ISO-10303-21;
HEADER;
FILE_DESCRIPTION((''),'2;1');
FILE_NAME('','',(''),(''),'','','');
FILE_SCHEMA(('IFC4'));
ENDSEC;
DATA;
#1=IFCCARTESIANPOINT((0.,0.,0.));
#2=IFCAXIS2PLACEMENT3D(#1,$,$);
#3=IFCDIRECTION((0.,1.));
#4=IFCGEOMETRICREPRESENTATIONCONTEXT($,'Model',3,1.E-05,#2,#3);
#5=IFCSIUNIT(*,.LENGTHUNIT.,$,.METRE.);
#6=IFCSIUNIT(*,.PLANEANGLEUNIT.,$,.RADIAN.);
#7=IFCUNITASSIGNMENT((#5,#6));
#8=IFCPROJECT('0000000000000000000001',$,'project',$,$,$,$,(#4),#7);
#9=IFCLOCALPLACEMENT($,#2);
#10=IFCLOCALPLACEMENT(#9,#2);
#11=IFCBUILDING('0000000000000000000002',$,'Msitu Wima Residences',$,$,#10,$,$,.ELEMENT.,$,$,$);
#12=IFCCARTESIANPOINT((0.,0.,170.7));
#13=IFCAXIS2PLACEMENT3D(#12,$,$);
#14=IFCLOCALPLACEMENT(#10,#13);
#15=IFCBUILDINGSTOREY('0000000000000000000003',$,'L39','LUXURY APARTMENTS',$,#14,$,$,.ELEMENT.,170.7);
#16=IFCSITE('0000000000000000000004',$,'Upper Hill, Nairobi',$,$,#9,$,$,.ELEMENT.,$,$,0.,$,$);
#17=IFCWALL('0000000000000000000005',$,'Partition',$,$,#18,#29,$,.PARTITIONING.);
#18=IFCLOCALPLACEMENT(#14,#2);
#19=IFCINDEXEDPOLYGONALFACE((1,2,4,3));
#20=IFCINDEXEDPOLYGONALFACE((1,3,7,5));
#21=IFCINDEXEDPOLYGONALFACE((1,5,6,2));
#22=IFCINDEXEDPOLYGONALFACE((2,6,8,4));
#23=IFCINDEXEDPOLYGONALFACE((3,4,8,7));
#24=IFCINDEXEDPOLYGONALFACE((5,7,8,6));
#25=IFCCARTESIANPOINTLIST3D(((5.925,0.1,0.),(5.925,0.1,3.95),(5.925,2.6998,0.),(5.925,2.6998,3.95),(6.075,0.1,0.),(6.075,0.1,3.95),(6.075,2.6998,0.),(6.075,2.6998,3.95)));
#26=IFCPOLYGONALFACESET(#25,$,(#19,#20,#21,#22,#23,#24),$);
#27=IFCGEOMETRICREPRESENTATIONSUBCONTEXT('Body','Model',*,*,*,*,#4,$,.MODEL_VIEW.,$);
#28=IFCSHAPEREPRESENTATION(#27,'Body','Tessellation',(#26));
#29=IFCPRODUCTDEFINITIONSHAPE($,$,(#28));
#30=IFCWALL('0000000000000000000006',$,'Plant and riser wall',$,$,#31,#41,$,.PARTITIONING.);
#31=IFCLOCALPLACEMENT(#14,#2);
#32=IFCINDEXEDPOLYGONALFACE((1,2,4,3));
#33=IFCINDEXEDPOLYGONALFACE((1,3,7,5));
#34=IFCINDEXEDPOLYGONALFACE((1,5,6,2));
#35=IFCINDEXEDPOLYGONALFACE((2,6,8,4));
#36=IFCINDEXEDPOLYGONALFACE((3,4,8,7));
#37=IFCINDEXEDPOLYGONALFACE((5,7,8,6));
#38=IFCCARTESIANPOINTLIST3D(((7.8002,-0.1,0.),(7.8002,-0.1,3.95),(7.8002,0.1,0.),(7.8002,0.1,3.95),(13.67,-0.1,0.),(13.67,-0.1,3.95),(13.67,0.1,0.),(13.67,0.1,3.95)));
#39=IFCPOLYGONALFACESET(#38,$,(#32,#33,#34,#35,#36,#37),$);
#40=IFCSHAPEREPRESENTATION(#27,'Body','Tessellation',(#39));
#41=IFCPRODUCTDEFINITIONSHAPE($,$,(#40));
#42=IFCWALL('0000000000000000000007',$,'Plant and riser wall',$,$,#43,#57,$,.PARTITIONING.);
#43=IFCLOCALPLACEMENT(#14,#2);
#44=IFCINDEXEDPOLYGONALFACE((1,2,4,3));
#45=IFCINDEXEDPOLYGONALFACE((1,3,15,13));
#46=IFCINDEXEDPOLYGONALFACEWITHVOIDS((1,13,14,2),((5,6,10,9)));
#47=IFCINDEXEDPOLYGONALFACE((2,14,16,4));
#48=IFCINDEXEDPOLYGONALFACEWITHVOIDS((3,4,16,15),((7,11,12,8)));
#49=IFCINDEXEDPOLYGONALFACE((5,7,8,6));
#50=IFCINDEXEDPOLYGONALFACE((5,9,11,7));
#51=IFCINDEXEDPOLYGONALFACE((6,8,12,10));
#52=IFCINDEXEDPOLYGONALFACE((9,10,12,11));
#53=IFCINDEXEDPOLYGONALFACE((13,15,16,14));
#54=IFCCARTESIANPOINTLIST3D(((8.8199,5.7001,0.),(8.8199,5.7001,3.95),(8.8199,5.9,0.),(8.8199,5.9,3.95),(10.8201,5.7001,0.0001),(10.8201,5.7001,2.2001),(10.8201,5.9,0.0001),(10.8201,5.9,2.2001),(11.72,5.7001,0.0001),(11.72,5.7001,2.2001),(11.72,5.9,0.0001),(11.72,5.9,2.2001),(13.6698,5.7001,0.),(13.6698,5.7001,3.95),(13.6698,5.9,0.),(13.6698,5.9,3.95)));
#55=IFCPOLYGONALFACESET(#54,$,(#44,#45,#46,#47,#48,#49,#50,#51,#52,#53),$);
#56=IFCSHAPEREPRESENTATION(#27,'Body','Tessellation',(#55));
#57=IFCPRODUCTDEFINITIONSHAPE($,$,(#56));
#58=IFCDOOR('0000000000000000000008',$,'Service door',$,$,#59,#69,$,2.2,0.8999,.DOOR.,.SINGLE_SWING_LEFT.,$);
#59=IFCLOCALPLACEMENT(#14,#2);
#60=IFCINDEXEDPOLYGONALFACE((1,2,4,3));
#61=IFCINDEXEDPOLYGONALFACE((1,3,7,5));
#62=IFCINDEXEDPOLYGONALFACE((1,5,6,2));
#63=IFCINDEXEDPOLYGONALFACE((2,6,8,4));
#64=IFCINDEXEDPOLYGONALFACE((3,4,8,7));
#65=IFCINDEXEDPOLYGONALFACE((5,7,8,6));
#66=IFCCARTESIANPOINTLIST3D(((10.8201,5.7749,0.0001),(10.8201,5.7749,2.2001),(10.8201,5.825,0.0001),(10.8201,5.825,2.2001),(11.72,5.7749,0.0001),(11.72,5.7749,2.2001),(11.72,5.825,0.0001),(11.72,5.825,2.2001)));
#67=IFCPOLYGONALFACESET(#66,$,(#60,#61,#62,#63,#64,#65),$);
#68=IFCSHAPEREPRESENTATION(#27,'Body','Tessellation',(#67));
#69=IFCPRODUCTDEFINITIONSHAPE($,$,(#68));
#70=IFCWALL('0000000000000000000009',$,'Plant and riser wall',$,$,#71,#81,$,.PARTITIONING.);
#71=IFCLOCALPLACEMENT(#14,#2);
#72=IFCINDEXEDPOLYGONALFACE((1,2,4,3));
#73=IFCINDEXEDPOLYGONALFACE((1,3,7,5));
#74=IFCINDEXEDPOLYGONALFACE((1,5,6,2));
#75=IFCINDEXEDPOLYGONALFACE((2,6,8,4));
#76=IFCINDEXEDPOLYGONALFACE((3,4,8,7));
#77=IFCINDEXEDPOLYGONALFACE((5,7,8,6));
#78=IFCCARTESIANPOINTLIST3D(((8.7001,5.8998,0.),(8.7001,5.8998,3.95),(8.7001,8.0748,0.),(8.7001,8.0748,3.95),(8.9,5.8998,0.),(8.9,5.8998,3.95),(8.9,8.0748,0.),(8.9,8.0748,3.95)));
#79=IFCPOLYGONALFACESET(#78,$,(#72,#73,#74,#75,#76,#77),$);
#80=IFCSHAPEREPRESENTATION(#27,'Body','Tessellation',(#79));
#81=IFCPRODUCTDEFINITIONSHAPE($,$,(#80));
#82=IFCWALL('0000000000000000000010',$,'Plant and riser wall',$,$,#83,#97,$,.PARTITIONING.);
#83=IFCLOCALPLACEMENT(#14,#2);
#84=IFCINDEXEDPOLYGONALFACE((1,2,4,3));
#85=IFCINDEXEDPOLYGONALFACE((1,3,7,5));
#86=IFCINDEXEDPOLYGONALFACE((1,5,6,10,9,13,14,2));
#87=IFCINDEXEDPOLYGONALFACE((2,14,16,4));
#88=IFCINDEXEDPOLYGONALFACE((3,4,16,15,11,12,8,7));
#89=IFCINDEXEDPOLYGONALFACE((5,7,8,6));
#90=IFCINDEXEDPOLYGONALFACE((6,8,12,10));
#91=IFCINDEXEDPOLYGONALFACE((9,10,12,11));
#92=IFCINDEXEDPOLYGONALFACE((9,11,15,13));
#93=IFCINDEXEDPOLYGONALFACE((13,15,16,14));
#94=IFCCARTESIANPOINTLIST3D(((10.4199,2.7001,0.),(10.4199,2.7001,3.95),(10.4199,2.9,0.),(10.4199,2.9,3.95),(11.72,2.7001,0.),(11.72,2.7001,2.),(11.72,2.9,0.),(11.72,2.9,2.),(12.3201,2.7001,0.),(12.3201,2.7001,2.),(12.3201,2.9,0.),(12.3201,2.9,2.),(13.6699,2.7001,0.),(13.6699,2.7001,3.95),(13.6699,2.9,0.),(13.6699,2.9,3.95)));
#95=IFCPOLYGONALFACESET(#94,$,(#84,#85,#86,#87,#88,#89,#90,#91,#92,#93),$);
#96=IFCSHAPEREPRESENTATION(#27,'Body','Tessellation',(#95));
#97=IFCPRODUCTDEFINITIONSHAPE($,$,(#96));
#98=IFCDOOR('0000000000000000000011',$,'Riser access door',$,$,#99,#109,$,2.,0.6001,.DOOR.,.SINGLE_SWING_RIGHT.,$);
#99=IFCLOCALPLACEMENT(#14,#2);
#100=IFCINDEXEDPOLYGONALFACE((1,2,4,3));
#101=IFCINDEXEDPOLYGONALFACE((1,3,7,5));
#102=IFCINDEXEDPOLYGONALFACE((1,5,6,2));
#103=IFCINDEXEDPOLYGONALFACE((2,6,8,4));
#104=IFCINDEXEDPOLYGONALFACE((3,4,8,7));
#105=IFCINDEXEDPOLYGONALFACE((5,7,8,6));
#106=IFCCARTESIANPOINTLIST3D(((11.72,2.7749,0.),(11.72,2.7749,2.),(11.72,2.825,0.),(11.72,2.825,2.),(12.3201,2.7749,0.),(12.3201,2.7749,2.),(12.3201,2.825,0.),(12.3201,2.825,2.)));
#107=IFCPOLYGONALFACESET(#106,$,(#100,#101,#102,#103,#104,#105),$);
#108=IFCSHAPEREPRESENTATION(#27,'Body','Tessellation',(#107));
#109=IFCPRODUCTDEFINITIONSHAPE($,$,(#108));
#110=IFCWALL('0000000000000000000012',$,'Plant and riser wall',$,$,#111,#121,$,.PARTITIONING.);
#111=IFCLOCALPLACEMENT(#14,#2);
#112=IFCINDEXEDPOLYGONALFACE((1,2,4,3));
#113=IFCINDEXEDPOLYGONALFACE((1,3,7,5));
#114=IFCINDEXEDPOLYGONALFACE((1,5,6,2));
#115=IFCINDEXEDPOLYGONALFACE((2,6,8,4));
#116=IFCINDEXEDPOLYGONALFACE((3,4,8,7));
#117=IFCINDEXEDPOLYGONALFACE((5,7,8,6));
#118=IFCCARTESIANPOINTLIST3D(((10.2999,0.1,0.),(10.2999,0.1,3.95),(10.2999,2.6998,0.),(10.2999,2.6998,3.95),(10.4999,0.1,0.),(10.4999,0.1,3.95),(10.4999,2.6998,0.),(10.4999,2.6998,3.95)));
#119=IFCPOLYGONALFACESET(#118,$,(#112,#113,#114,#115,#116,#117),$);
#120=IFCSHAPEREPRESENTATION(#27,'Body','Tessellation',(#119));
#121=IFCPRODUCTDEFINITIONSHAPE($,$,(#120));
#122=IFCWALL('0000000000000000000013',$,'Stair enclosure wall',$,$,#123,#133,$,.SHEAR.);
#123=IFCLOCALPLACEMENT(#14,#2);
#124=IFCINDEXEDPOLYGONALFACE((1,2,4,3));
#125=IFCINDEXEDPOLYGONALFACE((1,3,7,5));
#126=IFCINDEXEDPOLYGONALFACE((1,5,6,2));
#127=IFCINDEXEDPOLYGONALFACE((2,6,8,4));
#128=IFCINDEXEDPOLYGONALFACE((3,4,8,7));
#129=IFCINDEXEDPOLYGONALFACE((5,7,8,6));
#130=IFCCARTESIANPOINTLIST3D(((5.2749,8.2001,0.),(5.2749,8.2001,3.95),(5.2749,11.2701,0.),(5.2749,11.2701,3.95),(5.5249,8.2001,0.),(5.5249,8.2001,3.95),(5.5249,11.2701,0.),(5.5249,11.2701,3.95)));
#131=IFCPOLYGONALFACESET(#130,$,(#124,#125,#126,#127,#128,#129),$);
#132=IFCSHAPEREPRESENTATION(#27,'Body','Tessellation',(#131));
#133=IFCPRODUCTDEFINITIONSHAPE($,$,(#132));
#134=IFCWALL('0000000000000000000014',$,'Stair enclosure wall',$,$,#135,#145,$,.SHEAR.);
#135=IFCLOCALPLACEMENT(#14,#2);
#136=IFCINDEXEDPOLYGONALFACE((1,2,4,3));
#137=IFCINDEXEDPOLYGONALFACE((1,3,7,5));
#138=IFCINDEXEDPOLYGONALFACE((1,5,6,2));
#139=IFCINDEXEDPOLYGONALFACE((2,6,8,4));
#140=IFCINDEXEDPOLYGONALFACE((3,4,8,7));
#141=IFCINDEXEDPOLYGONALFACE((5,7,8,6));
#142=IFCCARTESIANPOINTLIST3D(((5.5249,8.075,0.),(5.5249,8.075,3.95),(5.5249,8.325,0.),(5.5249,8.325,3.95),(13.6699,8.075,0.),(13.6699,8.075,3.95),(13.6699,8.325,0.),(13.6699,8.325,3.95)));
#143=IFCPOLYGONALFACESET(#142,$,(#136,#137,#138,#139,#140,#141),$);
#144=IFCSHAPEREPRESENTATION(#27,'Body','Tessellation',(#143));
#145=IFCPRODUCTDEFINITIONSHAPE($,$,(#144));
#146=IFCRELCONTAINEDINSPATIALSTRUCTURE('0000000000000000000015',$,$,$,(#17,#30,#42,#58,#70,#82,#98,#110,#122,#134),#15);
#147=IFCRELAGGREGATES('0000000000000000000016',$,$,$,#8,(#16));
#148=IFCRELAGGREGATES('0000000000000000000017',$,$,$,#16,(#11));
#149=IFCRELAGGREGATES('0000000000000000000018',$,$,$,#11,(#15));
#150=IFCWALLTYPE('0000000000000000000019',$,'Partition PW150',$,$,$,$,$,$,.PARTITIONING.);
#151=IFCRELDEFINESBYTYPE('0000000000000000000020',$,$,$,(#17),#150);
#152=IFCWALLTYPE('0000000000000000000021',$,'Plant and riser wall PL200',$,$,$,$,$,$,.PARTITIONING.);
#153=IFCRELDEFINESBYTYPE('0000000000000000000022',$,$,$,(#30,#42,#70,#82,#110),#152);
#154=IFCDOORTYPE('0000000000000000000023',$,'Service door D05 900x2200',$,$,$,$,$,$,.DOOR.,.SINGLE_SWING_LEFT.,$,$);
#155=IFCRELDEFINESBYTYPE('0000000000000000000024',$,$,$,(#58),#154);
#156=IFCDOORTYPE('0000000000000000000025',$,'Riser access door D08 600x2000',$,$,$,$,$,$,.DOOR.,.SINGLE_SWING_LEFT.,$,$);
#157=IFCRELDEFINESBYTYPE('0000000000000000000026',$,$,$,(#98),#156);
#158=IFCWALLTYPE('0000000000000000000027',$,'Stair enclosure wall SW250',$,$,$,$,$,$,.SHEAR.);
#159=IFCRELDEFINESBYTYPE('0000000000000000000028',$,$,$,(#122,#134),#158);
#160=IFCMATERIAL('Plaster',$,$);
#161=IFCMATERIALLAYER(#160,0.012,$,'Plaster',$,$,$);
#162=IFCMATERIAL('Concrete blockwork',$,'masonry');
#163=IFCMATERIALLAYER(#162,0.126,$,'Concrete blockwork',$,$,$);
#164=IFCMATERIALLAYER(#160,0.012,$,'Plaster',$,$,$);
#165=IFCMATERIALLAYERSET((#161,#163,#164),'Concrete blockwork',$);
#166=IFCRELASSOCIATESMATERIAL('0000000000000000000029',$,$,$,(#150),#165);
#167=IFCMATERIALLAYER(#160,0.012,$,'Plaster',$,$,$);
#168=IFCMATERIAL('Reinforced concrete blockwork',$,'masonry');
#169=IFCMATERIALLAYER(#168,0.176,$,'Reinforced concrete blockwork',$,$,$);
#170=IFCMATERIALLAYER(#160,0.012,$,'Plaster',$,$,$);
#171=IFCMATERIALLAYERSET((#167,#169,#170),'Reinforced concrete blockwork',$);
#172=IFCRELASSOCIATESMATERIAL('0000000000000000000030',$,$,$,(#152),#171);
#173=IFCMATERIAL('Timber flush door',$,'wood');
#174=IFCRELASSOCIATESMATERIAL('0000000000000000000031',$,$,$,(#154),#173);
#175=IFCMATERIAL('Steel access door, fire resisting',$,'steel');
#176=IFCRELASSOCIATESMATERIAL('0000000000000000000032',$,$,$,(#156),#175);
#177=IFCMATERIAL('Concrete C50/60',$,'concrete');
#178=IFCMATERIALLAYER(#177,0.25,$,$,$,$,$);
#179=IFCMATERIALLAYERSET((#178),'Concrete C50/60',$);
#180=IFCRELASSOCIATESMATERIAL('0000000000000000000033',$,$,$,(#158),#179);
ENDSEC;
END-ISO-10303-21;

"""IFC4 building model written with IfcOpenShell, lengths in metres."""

from ifc_helpers import new_model, si_unit, direction, frame, frame_2d, origin, place, context, subcontext, project, spatial, rectangle, extrude, material, layer, layer_set, type_object, element, fill, save


model = new_model("IFC4")

# Units and contexts
model_context = context("Model", 3, precision=1e-05, world=origin(), true_north=direction((0.0, 1.0)))
body_context = subcontext(model_context, "Body", "Model", "MODEL_VIEW")
ifc_project = project(units=[si_unit("LENGTHUNIT", "METRE"), si_unit("PLANEANGLEUNIT", "RADIAN")], contexts=[model_context])

# Site, building, storey
site_placement = place(None, origin())
site = spatial("IfcSite", under=ifc_project, at=site_placement, Name="Upper Hill, Nairobi", CompositionType="ELEMENT", RefElevation=0.0)
building_placement = place(site_placement, origin())
building = spatial("IfcBuilding", under=site, at=building_placement, Name="Msitu Wima Residences", CompositionType="ELEMENT")
storey_placement = place(building_placement, frame((0.0, 0.0, 170.7)))
storey = spatial("IfcBuildingStorey", under=building, at=storey_placement, Name="L39", Description="LUXURY APARTMENTS", CompositionType="ELEMENT", Elevation=170.7)

# Walls
ifc_material_1 = material(Name="Plaster")
ifc_layer_1 = layer(ifc_material_1, 0.012, Name="Plaster")
ifc_material_2 = material(Name="Concrete blockwork", Category="masonry")
ifc_layer_2 = layer(ifc_material_2, 0.126, Name="Concrete blockwork")
ifc_layer_3 = layer(ifc_material_1, 0.012, Name="Plaster")
ifc_layer_set_1 = layer_set([ifc_layer_1, ifc_layer_2, ifc_layer_3], Name="Concrete blockwork")
wall_type_1 = type_object("IfcWallType", Name="Partition PW150", PredefinedType="PARTITIONING", material=ifc_layer_set_1)
wall_1_placement = place(storey_placement, frame((6.0, 0.1001, 0.0), z_axis=(0.0, 0.0, 1.0), x_axis=(0.0, 1.0, 0.0)))
element("IfcWall", 1, at=wall_1_placement, inside=storey, type_object=wall_type_1, Name="Partition", PredefinedType="PARTITIONING", context=body_context, shape_type="SweptSolid", body=[
    extrude(rectangle(XDim=2.5999, YDim=0.1499, at=frame_2d((1.2998, 0.0))), origin(), (0.0, 0.0, 1.0), 3.95),
])
ifc_layer_4 = layer(ifc_material_1, 0.012, Name="Plaster")
ifc_material_3 = material(Name="Reinforced concrete blockwork", Category="masonry")
ifc_layer_5 = layer(ifc_material_3, 0.176, Name="Reinforced concrete blockwork")
ifc_layer_6 = layer(ifc_material_1, 0.012, Name="Plaster")
ifc_layer_set_2 = layer_set([ifc_layer_4, ifc_layer_5, ifc_layer_6], Name="Reinforced concrete blockwork")
wall_type_2 = type_object("IfcWallType", Name="Plant and riser wall PL200", PredefinedType="PARTITIONING", material=ifc_layer_set_2)
wall_2_placement = place(storey_placement, frame((7.8, 0.0, 0.0), z_axis=(0.0, 0.0, 1.0), x_axis=(1.0, 0.0, 0.0)))
element("IfcWall", 2, at=wall_2_placement, inside=storey, type_object=wall_type_2, Name="Plant and riser wall", PredefinedType="PARTITIONING", context=body_context, shape_type="SweptSolid", body=[
    extrude(rectangle(XDim=5.8699, YDim=0.2, at=frame_2d((2.9351, 0.0))), origin(), (0.0, 0.0, 1.0), 3.95),
])

# Wall, opening, door
wall_3_placement = place(storey_placement, frame((8.8201, 5.8, 0.0), z_axis=(0.0, 0.0, 1.0), x_axis=(1.0, 0.0, 0.0)))
wall_3 = element("IfcWall", 3, at=wall_3_placement, inside=storey, type_object=wall_type_2, Name="Plant and riser wall", PredefinedType="PARTITIONING", context=body_context, shape_type="SweptSolid", body=[
    extrude(rectangle(XDim=4.8499, YDim=0.2, at=frame_2d((2.4248, 0.0))), origin(), (0.0, 0.0, 1.0), 3.95),
])
opening_1_placement = place(wall_3_placement, frame((2.0, 0.0, 0.0)))
opening_1 = element("IfcOpeningElement", 4, at=opening_1_placement, cuts=wall_3, PredefinedType="OPENING", context=body_context, shape_type="SweptSolid", body=[
    extrude(rectangle(XDim=0.8999, YDim=2.2, at=frame_2d((0.45, 1.1001))), frame((0.0, 0.1099, 0.0), z_axis=(0.0, -1.0, 0.0), x_axis=(1.0, 0.0, 0.0)), (0.0, 0.0, 1.0), 0.22),
])
ifc_material_4 = material(Name="Timber flush door", Category="wood")
door_type_1 = type_object("IfcDoorType", Name="Service door D05 900x2200", OperationType="SINGLE_SWING_LEFT", PredefinedType="DOOR", material=ifc_material_4)
door_1_placement = place(opening_1_placement, origin())
door_1 = element("IfcDoor", 5, at=door_1_placement, inside=storey, type_object=door_type_1, Name="Service door", OperationType="SINGLE_SWING_LEFT", OverallHeight=2.2, OverallWidth=0.8999, PredefinedType="DOOR", context=body_context, shape_type="SweptSolid", body=[
    extrude(rectangle(XDim=0.8999, YDim=2.2, at=frame_2d((0.45, 1.1001))), frame((0.0, 0.0249, 0.0), z_axis=(0.0, -1.0, 0.0), x_axis=(1.0, 0.0, 0.0)), (0.0, 0.0, 1.0), 0.05),
])
fill(opening_1, door_1)

# Wall
wall_4_placement = place(storey_placement, frame((8.8, 5.8999, 0.0), z_axis=(0.0, 0.0, 1.0), x_axis=(0.0, 1.0, 0.0)))
element("IfcWall", 6, at=wall_4_placement, inside=storey, type_object=wall_type_2, Name="Plant and riser wall", PredefinedType="PARTITIONING", context=body_context, shape_type="SweptSolid", body=[
    extrude(rectangle(XDim=2.175, YDim=0.2, at=frame_2d((1.0874, 0.0))), origin(), (0.0, 0.0, 1.0), 3.95),
])

# Wall, opening, door
wall_5_placement = place(storey_placement, frame((10.4199, 2.8, 0.0), z_axis=(0.0, 0.0, 1.0), x_axis=(1.0, 0.0, 0.0)))
wall_5 = element("IfcWall", 7, at=wall_5_placement, inside=storey, type_object=wall_type_2, Name="Plant and riser wall", PredefinedType="PARTITIONING", context=body_context, shape_type="SweptSolid", body=[
    extrude(rectangle(XDim=3.25, YDim=0.2, at=frame_2d((1.625, 0.0))), origin(), (0.0, 0.0, 1.0), 3.95),
])
opening_2_placement = place(wall_5_placement, frame((1.3, 0.0, 0.0)))
opening_2 = element("IfcOpeningElement", 8, at=opening_2_placement, cuts=wall_5, PredefinedType="OPENING", context=body_context, shape_type="SweptSolid", body=[
    extrude(rectangle(XDim=0.6001, YDim=2.0, at=frame_2d((0.3, 1.0))), frame((0.0, 0.1099, 0.0), z_axis=(0.0, -1.0, 0.0), x_axis=(1.0, 0.0, 0.0)), (0.0, 0.0, 1.0), 0.22),
])
ifc_material_5 = material(Name="Steel access door, fire resisting", Category="steel")
door_type_2 = type_object("IfcDoorType", Name="Riser access door D08 600x2000", OperationType="SINGLE_SWING_LEFT", PredefinedType="DOOR", material=ifc_material_5)
door_2_placement = place(opening_2_placement, origin())
door_2 = element("IfcDoor", 9, at=door_2_placement, inside=storey, type_object=door_type_2, Name="Riser access door", OperationType="SINGLE_SWING_RIGHT", OverallHeight=2.0, OverallWidth=0.6001, PredefinedType="DOOR", context=body_context, shape_type="SweptSolid", body=[
    extrude(rectangle(XDim=0.6001, YDim=2.0, at=frame_2d((0.3, 1.0))), frame((0.0, 0.0249, 0.0), z_axis=(0.0, -1.0, 0.0), x_axis=(1.0, 0.0, 0.0)), (0.0, 0.0, 1.0), 0.05),
])
fill(opening_2, door_2)

# Walls
wall_6_placement = place(storey_placement, frame((10.3999, 0.1001, 0.0), z_axis=(0.0, 0.0, 1.0), x_axis=(0.0, 1.0, 0.0)))
element("IfcWall", 10, at=wall_6_placement, inside=storey, type_object=wall_type_2, Name="Plant and riser wall", PredefinedType="PARTITIONING", context=body_context, shape_type="SweptSolid", body=[
    extrude(rectangle(XDim=2.5999, YDim=0.2, at=frame_2d((1.2998, 0.0))), origin(), (0.0, 0.0, 1.0), 3.95),
])
ifc_material_6 = material(Name="Concrete C50/60", Category="concrete")
ifc_layer_7 = layer(ifc_material_6, 0.25)
ifc_layer_set_3 = layer_set([ifc_layer_7], Name="Concrete C50/60")
wall_type_3 = type_object("IfcWallType", Name="Stair enclosure wall SW250", PredefinedType="SHEAR", material=ifc_layer_set_3)
wall_7_placement = place(storey_placement, frame((5.3999, 8.2, 0.0), z_axis=(0.0, 0.0, 1.0), x_axis=(0.0, 1.0, 0.0)))
element("IfcWall", 11, at=wall_7_placement, inside=storey, type_object=wall_type_3, Name="Stair enclosure wall", PredefinedType="SHEAR", context=body_context, shape_type="SweptSolid", body=[
    extrude(rectangle(XDim=3.0701, YDim=0.25, at=frame_2d((1.5352, 0.0))), origin(), (0.0, 0.0, 1.0), 3.95),
])
wall_8_placement = place(storey_placement, frame((5.5249, 8.2, 0.0), z_axis=(0.0, 0.0, 1.0), x_axis=(1.0, 0.0, 0.0)))
element("IfcWall", 12, at=wall_8_placement, inside=storey, type_object=wall_type_3, Name="Stair enclosure wall", PredefinedType="SHEAR", context=body_context, shape_type="SweptSolid", body=[
    extrude(rectangle(XDim=8.145, YDim=0.25, at=frame_2d((4.0725, 0.0))), origin(), (0.0, 0.0, 1.0), 3.95),
])

save(model, "model.ifc")
